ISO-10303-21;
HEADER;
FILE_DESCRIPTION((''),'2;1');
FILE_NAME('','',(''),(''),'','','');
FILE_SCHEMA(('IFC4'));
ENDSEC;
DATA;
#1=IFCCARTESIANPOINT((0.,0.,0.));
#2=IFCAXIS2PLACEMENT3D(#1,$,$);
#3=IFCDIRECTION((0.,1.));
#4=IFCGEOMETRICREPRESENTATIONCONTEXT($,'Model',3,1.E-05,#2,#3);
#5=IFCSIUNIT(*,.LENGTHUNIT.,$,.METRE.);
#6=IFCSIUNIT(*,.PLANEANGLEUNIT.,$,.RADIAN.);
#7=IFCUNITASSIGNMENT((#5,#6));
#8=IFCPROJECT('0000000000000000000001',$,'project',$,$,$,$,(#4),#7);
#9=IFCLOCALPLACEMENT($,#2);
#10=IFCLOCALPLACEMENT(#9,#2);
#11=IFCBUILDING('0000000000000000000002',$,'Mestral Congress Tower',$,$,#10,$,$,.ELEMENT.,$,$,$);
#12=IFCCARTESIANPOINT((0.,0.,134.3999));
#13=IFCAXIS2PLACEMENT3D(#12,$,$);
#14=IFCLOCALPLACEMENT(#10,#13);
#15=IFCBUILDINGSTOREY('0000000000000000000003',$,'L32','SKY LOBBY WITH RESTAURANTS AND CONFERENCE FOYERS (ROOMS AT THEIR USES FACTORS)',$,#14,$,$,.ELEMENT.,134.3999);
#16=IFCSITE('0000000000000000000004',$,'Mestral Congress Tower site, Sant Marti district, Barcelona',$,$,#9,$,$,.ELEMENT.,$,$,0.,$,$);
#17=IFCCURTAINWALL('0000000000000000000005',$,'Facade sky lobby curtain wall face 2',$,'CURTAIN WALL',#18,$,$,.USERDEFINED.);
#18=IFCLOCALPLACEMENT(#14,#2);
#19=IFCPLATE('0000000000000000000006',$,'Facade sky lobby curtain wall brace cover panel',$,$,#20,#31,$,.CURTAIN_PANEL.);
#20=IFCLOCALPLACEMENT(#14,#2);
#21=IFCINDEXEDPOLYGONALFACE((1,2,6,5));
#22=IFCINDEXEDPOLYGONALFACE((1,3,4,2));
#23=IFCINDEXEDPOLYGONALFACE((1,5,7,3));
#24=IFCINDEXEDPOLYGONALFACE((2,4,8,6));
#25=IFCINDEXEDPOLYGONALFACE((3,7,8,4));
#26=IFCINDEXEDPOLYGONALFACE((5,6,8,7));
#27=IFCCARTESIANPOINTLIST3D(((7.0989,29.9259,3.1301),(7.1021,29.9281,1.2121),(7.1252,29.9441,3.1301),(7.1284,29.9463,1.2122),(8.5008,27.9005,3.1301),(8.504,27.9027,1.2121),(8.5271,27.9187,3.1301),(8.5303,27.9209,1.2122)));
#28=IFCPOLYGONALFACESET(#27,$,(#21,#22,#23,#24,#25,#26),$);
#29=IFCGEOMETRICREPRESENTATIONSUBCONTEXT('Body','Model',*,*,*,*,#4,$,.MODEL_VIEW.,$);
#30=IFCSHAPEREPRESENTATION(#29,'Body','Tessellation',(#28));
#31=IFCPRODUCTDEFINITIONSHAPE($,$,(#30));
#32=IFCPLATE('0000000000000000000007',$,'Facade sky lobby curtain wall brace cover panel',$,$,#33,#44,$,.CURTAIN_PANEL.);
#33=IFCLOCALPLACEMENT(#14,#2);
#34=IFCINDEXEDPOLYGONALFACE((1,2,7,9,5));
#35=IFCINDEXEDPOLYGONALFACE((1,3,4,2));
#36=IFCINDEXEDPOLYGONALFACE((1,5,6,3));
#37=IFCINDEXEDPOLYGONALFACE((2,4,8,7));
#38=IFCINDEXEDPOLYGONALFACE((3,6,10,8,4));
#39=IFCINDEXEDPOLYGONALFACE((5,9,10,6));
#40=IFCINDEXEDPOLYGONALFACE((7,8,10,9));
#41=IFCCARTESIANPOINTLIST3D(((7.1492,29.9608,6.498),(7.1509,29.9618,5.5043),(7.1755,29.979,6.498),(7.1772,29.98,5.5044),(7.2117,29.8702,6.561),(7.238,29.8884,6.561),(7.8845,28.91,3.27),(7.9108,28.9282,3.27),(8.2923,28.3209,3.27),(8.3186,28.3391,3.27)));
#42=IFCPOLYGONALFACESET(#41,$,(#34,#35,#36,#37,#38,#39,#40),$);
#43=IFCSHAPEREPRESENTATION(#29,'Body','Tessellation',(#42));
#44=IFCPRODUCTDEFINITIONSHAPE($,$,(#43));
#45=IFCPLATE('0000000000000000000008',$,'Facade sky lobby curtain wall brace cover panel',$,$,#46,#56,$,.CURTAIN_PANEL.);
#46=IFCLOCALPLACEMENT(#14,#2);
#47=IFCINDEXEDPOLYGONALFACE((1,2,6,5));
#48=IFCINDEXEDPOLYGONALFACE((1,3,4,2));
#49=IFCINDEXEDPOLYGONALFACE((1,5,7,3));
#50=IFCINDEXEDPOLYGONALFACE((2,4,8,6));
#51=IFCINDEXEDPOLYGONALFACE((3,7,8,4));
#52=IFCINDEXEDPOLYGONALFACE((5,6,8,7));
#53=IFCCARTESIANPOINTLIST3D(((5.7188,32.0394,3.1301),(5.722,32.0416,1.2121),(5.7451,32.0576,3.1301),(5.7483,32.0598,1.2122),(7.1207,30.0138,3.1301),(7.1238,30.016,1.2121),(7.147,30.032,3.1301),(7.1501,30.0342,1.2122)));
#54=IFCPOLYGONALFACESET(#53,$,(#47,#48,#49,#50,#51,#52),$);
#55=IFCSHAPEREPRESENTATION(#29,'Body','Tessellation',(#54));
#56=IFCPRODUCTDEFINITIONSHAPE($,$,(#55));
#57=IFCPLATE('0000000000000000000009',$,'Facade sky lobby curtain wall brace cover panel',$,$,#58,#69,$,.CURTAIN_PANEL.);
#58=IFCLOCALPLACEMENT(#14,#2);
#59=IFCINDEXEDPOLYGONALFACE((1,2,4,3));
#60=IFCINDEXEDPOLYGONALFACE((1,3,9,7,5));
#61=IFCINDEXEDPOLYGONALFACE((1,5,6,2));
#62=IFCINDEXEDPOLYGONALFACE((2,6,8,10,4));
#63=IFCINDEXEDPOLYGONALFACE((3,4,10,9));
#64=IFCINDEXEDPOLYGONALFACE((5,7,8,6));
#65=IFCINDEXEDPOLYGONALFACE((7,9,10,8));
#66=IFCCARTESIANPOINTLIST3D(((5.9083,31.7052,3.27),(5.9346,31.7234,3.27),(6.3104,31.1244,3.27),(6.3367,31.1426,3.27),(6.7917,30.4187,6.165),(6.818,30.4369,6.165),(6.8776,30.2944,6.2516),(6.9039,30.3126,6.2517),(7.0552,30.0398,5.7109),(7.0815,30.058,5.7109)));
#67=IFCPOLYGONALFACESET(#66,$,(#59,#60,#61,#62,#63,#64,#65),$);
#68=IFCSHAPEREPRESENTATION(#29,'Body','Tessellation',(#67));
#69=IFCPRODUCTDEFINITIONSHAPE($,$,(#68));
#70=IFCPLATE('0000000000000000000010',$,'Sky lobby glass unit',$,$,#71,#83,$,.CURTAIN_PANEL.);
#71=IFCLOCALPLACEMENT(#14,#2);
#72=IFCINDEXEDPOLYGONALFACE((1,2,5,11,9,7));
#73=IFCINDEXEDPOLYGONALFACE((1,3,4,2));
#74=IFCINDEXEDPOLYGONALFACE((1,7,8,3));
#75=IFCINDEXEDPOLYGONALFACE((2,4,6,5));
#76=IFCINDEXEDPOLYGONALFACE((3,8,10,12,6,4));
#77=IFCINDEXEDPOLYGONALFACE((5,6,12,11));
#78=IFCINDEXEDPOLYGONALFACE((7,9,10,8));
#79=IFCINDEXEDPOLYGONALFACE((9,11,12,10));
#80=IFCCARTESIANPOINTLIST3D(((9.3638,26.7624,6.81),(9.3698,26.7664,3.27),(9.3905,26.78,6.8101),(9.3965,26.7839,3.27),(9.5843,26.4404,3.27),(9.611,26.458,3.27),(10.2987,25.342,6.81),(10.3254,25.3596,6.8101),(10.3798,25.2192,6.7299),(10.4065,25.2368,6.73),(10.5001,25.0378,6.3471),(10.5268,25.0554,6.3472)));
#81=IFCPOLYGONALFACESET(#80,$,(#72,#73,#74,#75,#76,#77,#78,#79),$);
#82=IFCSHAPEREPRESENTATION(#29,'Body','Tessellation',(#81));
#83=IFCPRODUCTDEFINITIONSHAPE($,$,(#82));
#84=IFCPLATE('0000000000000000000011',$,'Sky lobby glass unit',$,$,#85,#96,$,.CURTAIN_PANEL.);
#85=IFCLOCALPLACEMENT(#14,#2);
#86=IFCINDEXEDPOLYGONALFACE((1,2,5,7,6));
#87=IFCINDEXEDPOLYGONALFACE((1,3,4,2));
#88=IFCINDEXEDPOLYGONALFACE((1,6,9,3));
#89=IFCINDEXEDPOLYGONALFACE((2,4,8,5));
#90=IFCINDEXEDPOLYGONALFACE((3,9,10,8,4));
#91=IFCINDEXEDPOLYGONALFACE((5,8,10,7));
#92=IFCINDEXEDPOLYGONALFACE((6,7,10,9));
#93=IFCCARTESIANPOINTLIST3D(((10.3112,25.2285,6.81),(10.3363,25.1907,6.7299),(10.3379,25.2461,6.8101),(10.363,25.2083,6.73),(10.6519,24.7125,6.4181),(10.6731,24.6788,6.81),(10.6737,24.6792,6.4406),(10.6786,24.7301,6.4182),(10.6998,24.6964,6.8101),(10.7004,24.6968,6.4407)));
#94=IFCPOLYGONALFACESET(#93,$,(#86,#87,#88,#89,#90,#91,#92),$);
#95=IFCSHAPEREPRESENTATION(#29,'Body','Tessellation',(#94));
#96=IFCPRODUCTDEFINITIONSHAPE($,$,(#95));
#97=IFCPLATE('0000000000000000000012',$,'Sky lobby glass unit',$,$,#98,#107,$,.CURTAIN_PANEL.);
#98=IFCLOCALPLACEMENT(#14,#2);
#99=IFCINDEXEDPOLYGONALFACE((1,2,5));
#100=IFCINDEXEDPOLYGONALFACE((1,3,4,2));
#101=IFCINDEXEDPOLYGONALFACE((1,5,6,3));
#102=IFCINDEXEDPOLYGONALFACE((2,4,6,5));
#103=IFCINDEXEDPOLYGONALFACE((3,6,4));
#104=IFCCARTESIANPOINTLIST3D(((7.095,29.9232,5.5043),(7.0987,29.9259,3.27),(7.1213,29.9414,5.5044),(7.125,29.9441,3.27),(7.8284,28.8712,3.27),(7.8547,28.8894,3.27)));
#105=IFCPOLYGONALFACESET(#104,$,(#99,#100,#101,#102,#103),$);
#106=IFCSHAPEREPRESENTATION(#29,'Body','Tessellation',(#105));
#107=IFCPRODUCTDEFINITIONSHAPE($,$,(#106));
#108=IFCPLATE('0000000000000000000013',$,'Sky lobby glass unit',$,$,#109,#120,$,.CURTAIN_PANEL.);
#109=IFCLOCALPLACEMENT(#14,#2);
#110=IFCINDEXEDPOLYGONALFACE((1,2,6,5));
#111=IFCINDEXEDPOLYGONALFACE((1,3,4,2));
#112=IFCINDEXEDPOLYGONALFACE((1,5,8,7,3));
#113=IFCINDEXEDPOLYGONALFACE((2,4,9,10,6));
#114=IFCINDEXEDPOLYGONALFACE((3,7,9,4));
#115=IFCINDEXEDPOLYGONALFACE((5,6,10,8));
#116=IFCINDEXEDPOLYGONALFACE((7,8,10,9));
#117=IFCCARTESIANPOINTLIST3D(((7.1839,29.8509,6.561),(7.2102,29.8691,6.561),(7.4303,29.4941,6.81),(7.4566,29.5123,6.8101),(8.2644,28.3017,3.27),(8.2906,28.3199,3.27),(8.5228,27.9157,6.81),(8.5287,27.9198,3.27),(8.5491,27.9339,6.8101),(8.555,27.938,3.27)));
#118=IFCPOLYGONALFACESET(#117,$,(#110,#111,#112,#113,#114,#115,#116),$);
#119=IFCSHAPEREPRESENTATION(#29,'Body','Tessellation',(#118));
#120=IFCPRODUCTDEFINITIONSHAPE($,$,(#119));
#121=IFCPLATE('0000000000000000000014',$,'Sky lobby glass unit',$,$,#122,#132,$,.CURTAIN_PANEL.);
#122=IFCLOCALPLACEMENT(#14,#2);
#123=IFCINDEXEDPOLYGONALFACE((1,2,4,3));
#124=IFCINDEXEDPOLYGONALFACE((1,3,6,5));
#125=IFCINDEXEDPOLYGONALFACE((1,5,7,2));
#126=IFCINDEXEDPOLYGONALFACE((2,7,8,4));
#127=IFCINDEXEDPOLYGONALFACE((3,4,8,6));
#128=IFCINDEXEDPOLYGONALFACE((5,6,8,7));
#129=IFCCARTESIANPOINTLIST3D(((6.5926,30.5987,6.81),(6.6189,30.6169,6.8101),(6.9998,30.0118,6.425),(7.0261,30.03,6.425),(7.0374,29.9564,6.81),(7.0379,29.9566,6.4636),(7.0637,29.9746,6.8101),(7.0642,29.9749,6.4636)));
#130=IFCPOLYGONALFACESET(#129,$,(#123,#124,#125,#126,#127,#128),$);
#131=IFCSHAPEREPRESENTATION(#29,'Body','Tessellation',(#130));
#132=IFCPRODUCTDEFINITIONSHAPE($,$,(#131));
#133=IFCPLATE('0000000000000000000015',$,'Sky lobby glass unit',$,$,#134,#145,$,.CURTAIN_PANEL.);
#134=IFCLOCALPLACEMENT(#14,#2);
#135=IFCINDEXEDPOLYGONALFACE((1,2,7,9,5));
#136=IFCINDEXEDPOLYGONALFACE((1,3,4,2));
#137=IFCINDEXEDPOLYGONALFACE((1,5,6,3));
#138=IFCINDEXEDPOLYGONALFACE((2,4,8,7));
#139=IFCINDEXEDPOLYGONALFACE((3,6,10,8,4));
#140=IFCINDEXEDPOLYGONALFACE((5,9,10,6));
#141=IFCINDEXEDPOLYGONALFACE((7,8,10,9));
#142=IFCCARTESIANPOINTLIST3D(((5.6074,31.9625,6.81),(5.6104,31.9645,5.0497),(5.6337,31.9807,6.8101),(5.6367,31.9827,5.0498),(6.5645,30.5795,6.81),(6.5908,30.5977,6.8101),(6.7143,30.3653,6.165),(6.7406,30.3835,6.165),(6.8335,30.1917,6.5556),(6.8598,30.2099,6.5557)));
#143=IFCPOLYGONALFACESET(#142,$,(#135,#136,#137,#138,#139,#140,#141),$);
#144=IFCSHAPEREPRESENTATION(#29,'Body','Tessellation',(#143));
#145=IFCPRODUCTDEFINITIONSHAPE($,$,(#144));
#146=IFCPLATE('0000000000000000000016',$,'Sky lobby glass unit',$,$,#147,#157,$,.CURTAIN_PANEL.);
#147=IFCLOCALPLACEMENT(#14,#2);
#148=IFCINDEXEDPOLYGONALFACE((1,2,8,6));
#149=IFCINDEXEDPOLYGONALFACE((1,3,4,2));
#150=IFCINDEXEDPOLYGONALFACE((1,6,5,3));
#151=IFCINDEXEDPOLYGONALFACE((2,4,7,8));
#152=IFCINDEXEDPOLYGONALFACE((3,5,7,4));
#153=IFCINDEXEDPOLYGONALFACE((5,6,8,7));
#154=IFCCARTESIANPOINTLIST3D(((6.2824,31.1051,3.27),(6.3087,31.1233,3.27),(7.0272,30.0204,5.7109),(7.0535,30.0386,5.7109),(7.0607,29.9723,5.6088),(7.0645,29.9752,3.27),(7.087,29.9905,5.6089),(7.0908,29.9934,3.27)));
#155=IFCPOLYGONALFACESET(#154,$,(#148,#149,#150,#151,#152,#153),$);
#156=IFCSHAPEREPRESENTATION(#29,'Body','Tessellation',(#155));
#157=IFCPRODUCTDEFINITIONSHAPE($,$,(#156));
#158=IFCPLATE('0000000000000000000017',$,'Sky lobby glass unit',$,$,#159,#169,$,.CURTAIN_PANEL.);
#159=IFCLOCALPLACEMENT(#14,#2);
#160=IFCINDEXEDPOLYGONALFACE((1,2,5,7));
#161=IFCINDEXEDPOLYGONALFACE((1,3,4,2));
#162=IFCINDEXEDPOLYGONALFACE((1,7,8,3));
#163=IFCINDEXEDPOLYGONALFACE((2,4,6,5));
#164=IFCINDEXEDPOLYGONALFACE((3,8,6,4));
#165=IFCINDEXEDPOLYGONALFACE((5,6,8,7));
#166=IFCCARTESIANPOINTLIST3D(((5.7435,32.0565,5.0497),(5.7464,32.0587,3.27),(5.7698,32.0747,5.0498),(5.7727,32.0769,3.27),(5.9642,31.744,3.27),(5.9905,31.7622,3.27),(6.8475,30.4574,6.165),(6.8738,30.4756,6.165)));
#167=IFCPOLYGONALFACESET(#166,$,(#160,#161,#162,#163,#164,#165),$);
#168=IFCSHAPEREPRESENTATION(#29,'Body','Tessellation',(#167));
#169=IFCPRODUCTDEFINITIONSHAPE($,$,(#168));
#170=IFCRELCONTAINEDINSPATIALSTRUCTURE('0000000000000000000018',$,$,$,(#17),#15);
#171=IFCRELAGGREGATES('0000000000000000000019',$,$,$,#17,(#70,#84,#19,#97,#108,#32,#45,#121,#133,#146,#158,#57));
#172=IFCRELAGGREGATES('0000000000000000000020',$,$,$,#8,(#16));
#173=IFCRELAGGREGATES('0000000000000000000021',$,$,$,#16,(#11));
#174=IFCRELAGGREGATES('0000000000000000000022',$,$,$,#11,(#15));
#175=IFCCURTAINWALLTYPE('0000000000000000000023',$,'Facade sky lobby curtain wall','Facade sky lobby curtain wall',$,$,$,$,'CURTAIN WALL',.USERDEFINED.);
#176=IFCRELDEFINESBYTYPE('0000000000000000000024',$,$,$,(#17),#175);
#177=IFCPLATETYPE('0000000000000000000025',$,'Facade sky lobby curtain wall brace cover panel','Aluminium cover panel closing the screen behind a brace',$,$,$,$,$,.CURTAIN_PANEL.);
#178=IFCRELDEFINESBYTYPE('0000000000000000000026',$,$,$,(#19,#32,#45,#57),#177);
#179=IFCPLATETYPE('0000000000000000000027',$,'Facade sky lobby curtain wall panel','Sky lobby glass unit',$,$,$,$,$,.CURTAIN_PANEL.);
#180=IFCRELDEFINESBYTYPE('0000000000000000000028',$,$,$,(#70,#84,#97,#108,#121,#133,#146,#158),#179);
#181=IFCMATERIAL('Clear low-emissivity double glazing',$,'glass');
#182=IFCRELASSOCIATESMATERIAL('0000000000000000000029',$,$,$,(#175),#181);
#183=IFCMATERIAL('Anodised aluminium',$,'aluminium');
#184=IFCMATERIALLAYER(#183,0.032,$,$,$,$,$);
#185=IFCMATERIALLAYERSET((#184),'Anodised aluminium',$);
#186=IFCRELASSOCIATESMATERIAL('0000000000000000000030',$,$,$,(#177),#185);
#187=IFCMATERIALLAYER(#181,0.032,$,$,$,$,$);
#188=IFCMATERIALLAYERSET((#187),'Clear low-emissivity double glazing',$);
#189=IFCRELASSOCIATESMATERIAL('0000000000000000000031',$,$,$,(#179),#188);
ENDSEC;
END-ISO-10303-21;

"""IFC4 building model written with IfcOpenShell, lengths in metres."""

from ifc_helpers import new_model, si_unit, direction, frame, origin, place, context, subcontext, project, spatial, polyline, outline, extrude, material, layer, layer_set, type_object, element, aggregate, save


model = new_model("IFC4")

# Units and contexts
model_context = context("Model", 3, precision=1e-05, world=origin(), true_north=direction((0.0, 1.0)))
body_context = subcontext(model_context, "Body", "Model", "MODEL_VIEW")
ifc_project = project(units=[si_unit("LENGTHUNIT", "METRE"), si_unit("PLANEANGLEUNIT", "RADIAN")], contexts=[model_context])

# Site, building, storey
site_placement = place(None, origin())
site = spatial("IfcSite", under=ifc_project, at=site_placement, Name="Mestral Congress Tower site, Sant Marti district, Barcelona", CompositionType="ELEMENT", RefElevation=0.0)
building_placement = place(site_placement, origin())
building = spatial("IfcBuilding", under=site, at=building_placement, Name="Mestral Congress Tower", CompositionType="ELEMENT")
storey_placement = place(building_placement, frame((0.0, 0.0, 134.3999)))
storey = spatial("IfcBuildingStorey", under=building, at=storey_placement, Name="L32", Description="SKY LOBBY WITH RESTAURANTS AND CONFERENCE FOYERS (ROOMS AT THEIR USES FACTORS)", CompositionType="ELEMENT", Elevation=134.3999)

# Curtain wall
ifc_material_1 = material(Name="Clear low-emissivity double glazing", Category="glass")
curtain_wall_type = type_object("IfcCurtainWallType", Name="Facade sky lobby curtain wall", Description="Facade sky lobby curtain wall", ElementType="CURTAIN WALL", PredefinedType="USERDEFINED", material=ifc_material_1)
curtain_wall_placement = place(storey_placement, origin())
curtain_wall = element("IfcCurtainWall", 1, at=curtain_wall_placement, inside=storey, type_object=curtain_wall_type, Name="Facade sky lobby curtain wall face 2", ObjectType="CURTAIN WALL", PredefinedType="USERDEFINED")
ifc_material_2 = material(Name="Anodised aluminium", Category="aluminium")

# Plates
ifc_layer_1 = layer(ifc_material_2, 0.032)
ifc_layer_set_1 = layer_set([ifc_layer_1], Name="Anodised aluminium")
plate_type_1 = type_object("IfcPlateType", Name="Facade sky lobby curtain wall brace cover panel", Description="Aluminium cover panel closing the screen behind a brace", PredefinedType="CURTAIN_PANEL", material=ifc_layer_set_1)
plate_1_placement = place(storey_placement, frame((7.1252, 29.9441, 3.1301), z_axis=(0.822255, 0.569116, 0.002013), x_axis=(0.001655, 0.001146, -0.999998)))
plate_1 = element("IfcPlate", 2, at=plate_1_placement, type_object=plate_type_1, Name="Facade sky lobby curtain wall brace cover panel", PredefinedType="CURTAIN_PANEL", context=body_context, shape_type="SweptSolid", body=[
    extrude(outline(polyline([(0.0, 0.0), (1.918, 0.0), (1.918, -2.4632), (0.0, -2.4632), (0.0, 0.0)])), origin(), (0.0, 0.0, -1.0), 0.032),
])
plate_2_placement = place(storey_placement, frame((7.1772, 29.98, 5.5044), z_axis=(0.822244, 0.569132, 0.00205), x_axis=(0.284756, -0.408272, -0.867311)))
plate_2 = element("IfcPlate", 3, at=plate_2_placement, type_object=plate_type_1, Name="Facade sky lobby curtain wall brace cover panel", PredefinedType="CURTAIN_PANEL", context=body_context, shape_type="SweptSolid", body=[
    extrude(outline(polyline([(0.0, 0.0), (2.5762, 0.0), (2.9328, -0.6214), (-0.8617, -0.6213), (-0.8619, -0.4945), (0.0, 0.0)])), origin(), (0.0, 0.0, -1.0), 0.032),
])
plate_3_placement = place(storey_placement, frame((5.7451, 32.0576, 3.1301), z_axis=(0.822287, 0.56907, 0.002013), x_axis=(0.001655, 0.001146, -0.999998)))
plate_3 = element("IfcPlate", 4, at=plate_3_placement, type_object=plate_type_1, Name="Facade sky lobby curtain wall brace cover panel", PredefinedType="CURTAIN_PANEL", context=body_context, shape_type="SweptSolid", body=[
    extrude(outline(polyline([(0.0, 0.0), (1.918, 0.0), (1.918, -2.4634), (0.0, -2.4634), (0.0, 0.0)])), origin(), (0.0, 0.0, -1.0), 0.032),
])
plate_4_placement = place(storey_placement, frame((6.3367, 31.1426, 3.27), z_axis=(0.822205, 0.569189, 0.002025), x_axis=(0.268592, -0.391119, 0.880275)))
plate_4 = element("IfcPlate", 5, at=plate_4_placement, type_object=plate_type_1, Name="Facade sky lobby curtain wall brace cover panel", PredefinedType="CURTAIN_PANEL", context=body_context, shape_type="SweptSolid", body=[
    extrude(outline(polyline([(0.0, 0.0), (2.7729, 0.0), (3.1017, -0.5298), (2.9537, -0.6217), (-0.3352, -0.6218), (0.0, 0.0)])), origin(), (0.0, 0.0, -1.0), 0.032),
])
ifc_layer_2 = layer(ifc_material_1, 0.032)
ifc_layer_set_2 = layer_set([ifc_layer_2], Name="Clear low-emissivity double glazing")
plate_type_2 = type_object("IfcPlateType", Name="Facade sky lobby curtain wall panel", Description="Sky lobby glass unit", PredefinedType="CURTAIN_PANEL", material=ifc_layer_set_2)
plate_5_placement = place(storey_placement, frame((9.3965, 26.7839, 3.27), z_axis=(0.835291, 0.549805, 0.00202), x_axis=(0.549806, -0.835292, 0.0)))
plate_5 = element("IfcPlate", 6, at=plate_5_placement, type_object=plate_type_2, Name="Sky lobby glass unit", PredefinedType="CURTAIN_PANEL", context=body_context, shape_type="SweptSolid", body=[
    extrude(outline(polyline([(0.0, 0.0), (0.3902, 0.0), (2.0653, -3.0772), (1.8476, -3.46), (1.7005, -3.54), (0.0, -3.54), (0.0, 0.0)])), origin(), (0.0, 0.0, -1.0), 0.032),
])
plate_6_placement = place(storey_placement, frame((10.363, 25.2083, 6.73), z_axis=(0.835271, 0.549834, 0.002095), x_axis=(0.483795, -0.733127, -0.477983)))
plate_6 = element("IfcPlate", 7, at=plate_6_placement, type_object=plate_type_2, Name="Sky lobby glass unit", PredefinedType="CURTAIN_PANEL", context=body_context, shape_type="SweptSolid", body=[
    extrude(outline(polyline([(0.0, 0.0), (0.6523, 0.0), (0.6765, -0.0388), (0.4999, -0.3632), (-0.0782, -0.0486), (0.0, 0.0)])), origin(), (0.0, 0.0, -1.0), 0.032),
])
plate_7_placement = place(storey_placement, frame((7.125, 29.9441, 3.27), z_axis=(0.822348, 0.568981, 0.002032), x_axis=(0.568982, -0.82235, 0.0)))
plate_7 = element("IfcPlate", 8, at=plate_7_placement, type_object=plate_type_2, Name="Sky lobby glass unit", PredefinedType="CURTAIN_PANEL", context=body_context, shape_type="SweptSolid", body=[
    extrude(outline(polyline([(0.0, 0.0), (1.2825, 0.0), (0.0001, -2.2344), (0.0, 0.0)])), origin(), (0.0, 0.0, -1.0), 0.032),
])
plate_8_placement = place(storey_placement, frame((7.2102, 29.8691, 6.561), z_axis=(0.822239, 0.569138, 0.002022), x_axis=(0.284739, -0.408283, -0.867311)))
plate_8 = element("IfcPlate", 9, at=plate_8_placement, type_object=plate_type_2, Name="Sky lobby glass unit", PredefinedType="CURTAIN_PANEL", context=body_context, shape_type="SweptSolid", body=[
    extrude(outline(polyline([(0.0, 0.0), (3.7945, 0.0), (4.0257, -0.4028), (0.9554, -2.165), (-0.0001, -0.5001), (0.0, 0.0)])), origin(), (0.0, 0.0, -1.0), 0.032),
])
plate_9_placement = place(storey_placement, frame((6.6189, 30.6169, 6.8101), z_axis=(0.822138, 0.569286, 0.001661), x_axis=(0.501784, -0.723269, -0.474442)))
plate_9 = element("IfcPlate", 10, at=plate_9_placement, type_object=plate_type_2, Name="Sky lobby glass unit", PredefinedType="CURTAIN_PANEL", context=body_context, shape_type="SweptSolid", body=[
    extrude(outline(polyline([(0.0, 0.0), (0.8115, 0.0), (0.8522, -0.0658), (0.6878, -0.3707), (0.0, 0.0)])), origin(), (0.0, 0.0, -1.0), 0.032),
])
plate_10_placement = place(storey_placement, frame((6.5908, 30.5977, 6.8101), z_axis=(0.822285, 0.569072, 0.002059), x_axis=(-0.569073, 0.822287, 0.0)))
plate_10 = element("IfcPlate", 11, at=plate_10_placement, type_object=plate_type_2, Name="Sky lobby glass unit", PredefinedType="CURTAIN_PANEL", context=body_context, shape_type="SweptSolid", body=[
    extrude(outline(polyline([(0.0, 0.0), (1.6819, 0.0), (1.6818, -1.7603), (-0.2614, -0.645), (-0.4719, -0.2544), (0.0, 0.0)])), origin(), (0.0, 0.0, -1.0), 0.032),
])
plate_11_placement = place(storey_placement, frame((7.0908, 29.9934, 3.27), z_axis=(0.822225, 0.56916, 0.002051), x_axis=(-0.001641, -0.001233, 0.999998)))
plate_11 = element("IfcPlate", 12, at=plate_11_placement, type_object=plate_type_2, Name="Sky lobby glass unit", PredefinedType="CURTAIN_PANEL", context=body_context, shape_type="SweptSolid", body=[
    extrude(outline(polyline([(0.0, 0.0), (2.3389, 0.0), (2.4409, -0.0586), (-0.0001, -1.3742), (0.0, 0.0)])), origin(), (0.0, 0.0, -1.0), 0.032),
])
plate_12_placement = place(storey_placement, frame((5.7698, 32.0747, 5.0498), z_axis=(0.822271, 0.569092, 0.002043), x_axis=(0.001636, 0.001227, -0.999998)))
plate_12 = element("IfcPlate", 13, at=plate_12_placement, type_object=plate_type_2, Name="Sky lobby glass unit", PredefinedType="CURTAIN_PANEL", context=body_context, shape_type="SweptSolid", body=[
    extrude(outline(polyline([(0.0, 0.0), (1.7798, 0.0), (1.7798, -0.3827), (-1.1154, -1.9431), (0.0, 0.0)])), origin(), (0.0, 0.0, -1.0), 0.032),
])
aggregate(curtain_wall, [plate_5, plate_6, plate_1, plate_7, plate_8, plate_2, plate_3, plate_9, plate_10, plate_11, plate_12, plate_4])

save(model, "model.ifc")
